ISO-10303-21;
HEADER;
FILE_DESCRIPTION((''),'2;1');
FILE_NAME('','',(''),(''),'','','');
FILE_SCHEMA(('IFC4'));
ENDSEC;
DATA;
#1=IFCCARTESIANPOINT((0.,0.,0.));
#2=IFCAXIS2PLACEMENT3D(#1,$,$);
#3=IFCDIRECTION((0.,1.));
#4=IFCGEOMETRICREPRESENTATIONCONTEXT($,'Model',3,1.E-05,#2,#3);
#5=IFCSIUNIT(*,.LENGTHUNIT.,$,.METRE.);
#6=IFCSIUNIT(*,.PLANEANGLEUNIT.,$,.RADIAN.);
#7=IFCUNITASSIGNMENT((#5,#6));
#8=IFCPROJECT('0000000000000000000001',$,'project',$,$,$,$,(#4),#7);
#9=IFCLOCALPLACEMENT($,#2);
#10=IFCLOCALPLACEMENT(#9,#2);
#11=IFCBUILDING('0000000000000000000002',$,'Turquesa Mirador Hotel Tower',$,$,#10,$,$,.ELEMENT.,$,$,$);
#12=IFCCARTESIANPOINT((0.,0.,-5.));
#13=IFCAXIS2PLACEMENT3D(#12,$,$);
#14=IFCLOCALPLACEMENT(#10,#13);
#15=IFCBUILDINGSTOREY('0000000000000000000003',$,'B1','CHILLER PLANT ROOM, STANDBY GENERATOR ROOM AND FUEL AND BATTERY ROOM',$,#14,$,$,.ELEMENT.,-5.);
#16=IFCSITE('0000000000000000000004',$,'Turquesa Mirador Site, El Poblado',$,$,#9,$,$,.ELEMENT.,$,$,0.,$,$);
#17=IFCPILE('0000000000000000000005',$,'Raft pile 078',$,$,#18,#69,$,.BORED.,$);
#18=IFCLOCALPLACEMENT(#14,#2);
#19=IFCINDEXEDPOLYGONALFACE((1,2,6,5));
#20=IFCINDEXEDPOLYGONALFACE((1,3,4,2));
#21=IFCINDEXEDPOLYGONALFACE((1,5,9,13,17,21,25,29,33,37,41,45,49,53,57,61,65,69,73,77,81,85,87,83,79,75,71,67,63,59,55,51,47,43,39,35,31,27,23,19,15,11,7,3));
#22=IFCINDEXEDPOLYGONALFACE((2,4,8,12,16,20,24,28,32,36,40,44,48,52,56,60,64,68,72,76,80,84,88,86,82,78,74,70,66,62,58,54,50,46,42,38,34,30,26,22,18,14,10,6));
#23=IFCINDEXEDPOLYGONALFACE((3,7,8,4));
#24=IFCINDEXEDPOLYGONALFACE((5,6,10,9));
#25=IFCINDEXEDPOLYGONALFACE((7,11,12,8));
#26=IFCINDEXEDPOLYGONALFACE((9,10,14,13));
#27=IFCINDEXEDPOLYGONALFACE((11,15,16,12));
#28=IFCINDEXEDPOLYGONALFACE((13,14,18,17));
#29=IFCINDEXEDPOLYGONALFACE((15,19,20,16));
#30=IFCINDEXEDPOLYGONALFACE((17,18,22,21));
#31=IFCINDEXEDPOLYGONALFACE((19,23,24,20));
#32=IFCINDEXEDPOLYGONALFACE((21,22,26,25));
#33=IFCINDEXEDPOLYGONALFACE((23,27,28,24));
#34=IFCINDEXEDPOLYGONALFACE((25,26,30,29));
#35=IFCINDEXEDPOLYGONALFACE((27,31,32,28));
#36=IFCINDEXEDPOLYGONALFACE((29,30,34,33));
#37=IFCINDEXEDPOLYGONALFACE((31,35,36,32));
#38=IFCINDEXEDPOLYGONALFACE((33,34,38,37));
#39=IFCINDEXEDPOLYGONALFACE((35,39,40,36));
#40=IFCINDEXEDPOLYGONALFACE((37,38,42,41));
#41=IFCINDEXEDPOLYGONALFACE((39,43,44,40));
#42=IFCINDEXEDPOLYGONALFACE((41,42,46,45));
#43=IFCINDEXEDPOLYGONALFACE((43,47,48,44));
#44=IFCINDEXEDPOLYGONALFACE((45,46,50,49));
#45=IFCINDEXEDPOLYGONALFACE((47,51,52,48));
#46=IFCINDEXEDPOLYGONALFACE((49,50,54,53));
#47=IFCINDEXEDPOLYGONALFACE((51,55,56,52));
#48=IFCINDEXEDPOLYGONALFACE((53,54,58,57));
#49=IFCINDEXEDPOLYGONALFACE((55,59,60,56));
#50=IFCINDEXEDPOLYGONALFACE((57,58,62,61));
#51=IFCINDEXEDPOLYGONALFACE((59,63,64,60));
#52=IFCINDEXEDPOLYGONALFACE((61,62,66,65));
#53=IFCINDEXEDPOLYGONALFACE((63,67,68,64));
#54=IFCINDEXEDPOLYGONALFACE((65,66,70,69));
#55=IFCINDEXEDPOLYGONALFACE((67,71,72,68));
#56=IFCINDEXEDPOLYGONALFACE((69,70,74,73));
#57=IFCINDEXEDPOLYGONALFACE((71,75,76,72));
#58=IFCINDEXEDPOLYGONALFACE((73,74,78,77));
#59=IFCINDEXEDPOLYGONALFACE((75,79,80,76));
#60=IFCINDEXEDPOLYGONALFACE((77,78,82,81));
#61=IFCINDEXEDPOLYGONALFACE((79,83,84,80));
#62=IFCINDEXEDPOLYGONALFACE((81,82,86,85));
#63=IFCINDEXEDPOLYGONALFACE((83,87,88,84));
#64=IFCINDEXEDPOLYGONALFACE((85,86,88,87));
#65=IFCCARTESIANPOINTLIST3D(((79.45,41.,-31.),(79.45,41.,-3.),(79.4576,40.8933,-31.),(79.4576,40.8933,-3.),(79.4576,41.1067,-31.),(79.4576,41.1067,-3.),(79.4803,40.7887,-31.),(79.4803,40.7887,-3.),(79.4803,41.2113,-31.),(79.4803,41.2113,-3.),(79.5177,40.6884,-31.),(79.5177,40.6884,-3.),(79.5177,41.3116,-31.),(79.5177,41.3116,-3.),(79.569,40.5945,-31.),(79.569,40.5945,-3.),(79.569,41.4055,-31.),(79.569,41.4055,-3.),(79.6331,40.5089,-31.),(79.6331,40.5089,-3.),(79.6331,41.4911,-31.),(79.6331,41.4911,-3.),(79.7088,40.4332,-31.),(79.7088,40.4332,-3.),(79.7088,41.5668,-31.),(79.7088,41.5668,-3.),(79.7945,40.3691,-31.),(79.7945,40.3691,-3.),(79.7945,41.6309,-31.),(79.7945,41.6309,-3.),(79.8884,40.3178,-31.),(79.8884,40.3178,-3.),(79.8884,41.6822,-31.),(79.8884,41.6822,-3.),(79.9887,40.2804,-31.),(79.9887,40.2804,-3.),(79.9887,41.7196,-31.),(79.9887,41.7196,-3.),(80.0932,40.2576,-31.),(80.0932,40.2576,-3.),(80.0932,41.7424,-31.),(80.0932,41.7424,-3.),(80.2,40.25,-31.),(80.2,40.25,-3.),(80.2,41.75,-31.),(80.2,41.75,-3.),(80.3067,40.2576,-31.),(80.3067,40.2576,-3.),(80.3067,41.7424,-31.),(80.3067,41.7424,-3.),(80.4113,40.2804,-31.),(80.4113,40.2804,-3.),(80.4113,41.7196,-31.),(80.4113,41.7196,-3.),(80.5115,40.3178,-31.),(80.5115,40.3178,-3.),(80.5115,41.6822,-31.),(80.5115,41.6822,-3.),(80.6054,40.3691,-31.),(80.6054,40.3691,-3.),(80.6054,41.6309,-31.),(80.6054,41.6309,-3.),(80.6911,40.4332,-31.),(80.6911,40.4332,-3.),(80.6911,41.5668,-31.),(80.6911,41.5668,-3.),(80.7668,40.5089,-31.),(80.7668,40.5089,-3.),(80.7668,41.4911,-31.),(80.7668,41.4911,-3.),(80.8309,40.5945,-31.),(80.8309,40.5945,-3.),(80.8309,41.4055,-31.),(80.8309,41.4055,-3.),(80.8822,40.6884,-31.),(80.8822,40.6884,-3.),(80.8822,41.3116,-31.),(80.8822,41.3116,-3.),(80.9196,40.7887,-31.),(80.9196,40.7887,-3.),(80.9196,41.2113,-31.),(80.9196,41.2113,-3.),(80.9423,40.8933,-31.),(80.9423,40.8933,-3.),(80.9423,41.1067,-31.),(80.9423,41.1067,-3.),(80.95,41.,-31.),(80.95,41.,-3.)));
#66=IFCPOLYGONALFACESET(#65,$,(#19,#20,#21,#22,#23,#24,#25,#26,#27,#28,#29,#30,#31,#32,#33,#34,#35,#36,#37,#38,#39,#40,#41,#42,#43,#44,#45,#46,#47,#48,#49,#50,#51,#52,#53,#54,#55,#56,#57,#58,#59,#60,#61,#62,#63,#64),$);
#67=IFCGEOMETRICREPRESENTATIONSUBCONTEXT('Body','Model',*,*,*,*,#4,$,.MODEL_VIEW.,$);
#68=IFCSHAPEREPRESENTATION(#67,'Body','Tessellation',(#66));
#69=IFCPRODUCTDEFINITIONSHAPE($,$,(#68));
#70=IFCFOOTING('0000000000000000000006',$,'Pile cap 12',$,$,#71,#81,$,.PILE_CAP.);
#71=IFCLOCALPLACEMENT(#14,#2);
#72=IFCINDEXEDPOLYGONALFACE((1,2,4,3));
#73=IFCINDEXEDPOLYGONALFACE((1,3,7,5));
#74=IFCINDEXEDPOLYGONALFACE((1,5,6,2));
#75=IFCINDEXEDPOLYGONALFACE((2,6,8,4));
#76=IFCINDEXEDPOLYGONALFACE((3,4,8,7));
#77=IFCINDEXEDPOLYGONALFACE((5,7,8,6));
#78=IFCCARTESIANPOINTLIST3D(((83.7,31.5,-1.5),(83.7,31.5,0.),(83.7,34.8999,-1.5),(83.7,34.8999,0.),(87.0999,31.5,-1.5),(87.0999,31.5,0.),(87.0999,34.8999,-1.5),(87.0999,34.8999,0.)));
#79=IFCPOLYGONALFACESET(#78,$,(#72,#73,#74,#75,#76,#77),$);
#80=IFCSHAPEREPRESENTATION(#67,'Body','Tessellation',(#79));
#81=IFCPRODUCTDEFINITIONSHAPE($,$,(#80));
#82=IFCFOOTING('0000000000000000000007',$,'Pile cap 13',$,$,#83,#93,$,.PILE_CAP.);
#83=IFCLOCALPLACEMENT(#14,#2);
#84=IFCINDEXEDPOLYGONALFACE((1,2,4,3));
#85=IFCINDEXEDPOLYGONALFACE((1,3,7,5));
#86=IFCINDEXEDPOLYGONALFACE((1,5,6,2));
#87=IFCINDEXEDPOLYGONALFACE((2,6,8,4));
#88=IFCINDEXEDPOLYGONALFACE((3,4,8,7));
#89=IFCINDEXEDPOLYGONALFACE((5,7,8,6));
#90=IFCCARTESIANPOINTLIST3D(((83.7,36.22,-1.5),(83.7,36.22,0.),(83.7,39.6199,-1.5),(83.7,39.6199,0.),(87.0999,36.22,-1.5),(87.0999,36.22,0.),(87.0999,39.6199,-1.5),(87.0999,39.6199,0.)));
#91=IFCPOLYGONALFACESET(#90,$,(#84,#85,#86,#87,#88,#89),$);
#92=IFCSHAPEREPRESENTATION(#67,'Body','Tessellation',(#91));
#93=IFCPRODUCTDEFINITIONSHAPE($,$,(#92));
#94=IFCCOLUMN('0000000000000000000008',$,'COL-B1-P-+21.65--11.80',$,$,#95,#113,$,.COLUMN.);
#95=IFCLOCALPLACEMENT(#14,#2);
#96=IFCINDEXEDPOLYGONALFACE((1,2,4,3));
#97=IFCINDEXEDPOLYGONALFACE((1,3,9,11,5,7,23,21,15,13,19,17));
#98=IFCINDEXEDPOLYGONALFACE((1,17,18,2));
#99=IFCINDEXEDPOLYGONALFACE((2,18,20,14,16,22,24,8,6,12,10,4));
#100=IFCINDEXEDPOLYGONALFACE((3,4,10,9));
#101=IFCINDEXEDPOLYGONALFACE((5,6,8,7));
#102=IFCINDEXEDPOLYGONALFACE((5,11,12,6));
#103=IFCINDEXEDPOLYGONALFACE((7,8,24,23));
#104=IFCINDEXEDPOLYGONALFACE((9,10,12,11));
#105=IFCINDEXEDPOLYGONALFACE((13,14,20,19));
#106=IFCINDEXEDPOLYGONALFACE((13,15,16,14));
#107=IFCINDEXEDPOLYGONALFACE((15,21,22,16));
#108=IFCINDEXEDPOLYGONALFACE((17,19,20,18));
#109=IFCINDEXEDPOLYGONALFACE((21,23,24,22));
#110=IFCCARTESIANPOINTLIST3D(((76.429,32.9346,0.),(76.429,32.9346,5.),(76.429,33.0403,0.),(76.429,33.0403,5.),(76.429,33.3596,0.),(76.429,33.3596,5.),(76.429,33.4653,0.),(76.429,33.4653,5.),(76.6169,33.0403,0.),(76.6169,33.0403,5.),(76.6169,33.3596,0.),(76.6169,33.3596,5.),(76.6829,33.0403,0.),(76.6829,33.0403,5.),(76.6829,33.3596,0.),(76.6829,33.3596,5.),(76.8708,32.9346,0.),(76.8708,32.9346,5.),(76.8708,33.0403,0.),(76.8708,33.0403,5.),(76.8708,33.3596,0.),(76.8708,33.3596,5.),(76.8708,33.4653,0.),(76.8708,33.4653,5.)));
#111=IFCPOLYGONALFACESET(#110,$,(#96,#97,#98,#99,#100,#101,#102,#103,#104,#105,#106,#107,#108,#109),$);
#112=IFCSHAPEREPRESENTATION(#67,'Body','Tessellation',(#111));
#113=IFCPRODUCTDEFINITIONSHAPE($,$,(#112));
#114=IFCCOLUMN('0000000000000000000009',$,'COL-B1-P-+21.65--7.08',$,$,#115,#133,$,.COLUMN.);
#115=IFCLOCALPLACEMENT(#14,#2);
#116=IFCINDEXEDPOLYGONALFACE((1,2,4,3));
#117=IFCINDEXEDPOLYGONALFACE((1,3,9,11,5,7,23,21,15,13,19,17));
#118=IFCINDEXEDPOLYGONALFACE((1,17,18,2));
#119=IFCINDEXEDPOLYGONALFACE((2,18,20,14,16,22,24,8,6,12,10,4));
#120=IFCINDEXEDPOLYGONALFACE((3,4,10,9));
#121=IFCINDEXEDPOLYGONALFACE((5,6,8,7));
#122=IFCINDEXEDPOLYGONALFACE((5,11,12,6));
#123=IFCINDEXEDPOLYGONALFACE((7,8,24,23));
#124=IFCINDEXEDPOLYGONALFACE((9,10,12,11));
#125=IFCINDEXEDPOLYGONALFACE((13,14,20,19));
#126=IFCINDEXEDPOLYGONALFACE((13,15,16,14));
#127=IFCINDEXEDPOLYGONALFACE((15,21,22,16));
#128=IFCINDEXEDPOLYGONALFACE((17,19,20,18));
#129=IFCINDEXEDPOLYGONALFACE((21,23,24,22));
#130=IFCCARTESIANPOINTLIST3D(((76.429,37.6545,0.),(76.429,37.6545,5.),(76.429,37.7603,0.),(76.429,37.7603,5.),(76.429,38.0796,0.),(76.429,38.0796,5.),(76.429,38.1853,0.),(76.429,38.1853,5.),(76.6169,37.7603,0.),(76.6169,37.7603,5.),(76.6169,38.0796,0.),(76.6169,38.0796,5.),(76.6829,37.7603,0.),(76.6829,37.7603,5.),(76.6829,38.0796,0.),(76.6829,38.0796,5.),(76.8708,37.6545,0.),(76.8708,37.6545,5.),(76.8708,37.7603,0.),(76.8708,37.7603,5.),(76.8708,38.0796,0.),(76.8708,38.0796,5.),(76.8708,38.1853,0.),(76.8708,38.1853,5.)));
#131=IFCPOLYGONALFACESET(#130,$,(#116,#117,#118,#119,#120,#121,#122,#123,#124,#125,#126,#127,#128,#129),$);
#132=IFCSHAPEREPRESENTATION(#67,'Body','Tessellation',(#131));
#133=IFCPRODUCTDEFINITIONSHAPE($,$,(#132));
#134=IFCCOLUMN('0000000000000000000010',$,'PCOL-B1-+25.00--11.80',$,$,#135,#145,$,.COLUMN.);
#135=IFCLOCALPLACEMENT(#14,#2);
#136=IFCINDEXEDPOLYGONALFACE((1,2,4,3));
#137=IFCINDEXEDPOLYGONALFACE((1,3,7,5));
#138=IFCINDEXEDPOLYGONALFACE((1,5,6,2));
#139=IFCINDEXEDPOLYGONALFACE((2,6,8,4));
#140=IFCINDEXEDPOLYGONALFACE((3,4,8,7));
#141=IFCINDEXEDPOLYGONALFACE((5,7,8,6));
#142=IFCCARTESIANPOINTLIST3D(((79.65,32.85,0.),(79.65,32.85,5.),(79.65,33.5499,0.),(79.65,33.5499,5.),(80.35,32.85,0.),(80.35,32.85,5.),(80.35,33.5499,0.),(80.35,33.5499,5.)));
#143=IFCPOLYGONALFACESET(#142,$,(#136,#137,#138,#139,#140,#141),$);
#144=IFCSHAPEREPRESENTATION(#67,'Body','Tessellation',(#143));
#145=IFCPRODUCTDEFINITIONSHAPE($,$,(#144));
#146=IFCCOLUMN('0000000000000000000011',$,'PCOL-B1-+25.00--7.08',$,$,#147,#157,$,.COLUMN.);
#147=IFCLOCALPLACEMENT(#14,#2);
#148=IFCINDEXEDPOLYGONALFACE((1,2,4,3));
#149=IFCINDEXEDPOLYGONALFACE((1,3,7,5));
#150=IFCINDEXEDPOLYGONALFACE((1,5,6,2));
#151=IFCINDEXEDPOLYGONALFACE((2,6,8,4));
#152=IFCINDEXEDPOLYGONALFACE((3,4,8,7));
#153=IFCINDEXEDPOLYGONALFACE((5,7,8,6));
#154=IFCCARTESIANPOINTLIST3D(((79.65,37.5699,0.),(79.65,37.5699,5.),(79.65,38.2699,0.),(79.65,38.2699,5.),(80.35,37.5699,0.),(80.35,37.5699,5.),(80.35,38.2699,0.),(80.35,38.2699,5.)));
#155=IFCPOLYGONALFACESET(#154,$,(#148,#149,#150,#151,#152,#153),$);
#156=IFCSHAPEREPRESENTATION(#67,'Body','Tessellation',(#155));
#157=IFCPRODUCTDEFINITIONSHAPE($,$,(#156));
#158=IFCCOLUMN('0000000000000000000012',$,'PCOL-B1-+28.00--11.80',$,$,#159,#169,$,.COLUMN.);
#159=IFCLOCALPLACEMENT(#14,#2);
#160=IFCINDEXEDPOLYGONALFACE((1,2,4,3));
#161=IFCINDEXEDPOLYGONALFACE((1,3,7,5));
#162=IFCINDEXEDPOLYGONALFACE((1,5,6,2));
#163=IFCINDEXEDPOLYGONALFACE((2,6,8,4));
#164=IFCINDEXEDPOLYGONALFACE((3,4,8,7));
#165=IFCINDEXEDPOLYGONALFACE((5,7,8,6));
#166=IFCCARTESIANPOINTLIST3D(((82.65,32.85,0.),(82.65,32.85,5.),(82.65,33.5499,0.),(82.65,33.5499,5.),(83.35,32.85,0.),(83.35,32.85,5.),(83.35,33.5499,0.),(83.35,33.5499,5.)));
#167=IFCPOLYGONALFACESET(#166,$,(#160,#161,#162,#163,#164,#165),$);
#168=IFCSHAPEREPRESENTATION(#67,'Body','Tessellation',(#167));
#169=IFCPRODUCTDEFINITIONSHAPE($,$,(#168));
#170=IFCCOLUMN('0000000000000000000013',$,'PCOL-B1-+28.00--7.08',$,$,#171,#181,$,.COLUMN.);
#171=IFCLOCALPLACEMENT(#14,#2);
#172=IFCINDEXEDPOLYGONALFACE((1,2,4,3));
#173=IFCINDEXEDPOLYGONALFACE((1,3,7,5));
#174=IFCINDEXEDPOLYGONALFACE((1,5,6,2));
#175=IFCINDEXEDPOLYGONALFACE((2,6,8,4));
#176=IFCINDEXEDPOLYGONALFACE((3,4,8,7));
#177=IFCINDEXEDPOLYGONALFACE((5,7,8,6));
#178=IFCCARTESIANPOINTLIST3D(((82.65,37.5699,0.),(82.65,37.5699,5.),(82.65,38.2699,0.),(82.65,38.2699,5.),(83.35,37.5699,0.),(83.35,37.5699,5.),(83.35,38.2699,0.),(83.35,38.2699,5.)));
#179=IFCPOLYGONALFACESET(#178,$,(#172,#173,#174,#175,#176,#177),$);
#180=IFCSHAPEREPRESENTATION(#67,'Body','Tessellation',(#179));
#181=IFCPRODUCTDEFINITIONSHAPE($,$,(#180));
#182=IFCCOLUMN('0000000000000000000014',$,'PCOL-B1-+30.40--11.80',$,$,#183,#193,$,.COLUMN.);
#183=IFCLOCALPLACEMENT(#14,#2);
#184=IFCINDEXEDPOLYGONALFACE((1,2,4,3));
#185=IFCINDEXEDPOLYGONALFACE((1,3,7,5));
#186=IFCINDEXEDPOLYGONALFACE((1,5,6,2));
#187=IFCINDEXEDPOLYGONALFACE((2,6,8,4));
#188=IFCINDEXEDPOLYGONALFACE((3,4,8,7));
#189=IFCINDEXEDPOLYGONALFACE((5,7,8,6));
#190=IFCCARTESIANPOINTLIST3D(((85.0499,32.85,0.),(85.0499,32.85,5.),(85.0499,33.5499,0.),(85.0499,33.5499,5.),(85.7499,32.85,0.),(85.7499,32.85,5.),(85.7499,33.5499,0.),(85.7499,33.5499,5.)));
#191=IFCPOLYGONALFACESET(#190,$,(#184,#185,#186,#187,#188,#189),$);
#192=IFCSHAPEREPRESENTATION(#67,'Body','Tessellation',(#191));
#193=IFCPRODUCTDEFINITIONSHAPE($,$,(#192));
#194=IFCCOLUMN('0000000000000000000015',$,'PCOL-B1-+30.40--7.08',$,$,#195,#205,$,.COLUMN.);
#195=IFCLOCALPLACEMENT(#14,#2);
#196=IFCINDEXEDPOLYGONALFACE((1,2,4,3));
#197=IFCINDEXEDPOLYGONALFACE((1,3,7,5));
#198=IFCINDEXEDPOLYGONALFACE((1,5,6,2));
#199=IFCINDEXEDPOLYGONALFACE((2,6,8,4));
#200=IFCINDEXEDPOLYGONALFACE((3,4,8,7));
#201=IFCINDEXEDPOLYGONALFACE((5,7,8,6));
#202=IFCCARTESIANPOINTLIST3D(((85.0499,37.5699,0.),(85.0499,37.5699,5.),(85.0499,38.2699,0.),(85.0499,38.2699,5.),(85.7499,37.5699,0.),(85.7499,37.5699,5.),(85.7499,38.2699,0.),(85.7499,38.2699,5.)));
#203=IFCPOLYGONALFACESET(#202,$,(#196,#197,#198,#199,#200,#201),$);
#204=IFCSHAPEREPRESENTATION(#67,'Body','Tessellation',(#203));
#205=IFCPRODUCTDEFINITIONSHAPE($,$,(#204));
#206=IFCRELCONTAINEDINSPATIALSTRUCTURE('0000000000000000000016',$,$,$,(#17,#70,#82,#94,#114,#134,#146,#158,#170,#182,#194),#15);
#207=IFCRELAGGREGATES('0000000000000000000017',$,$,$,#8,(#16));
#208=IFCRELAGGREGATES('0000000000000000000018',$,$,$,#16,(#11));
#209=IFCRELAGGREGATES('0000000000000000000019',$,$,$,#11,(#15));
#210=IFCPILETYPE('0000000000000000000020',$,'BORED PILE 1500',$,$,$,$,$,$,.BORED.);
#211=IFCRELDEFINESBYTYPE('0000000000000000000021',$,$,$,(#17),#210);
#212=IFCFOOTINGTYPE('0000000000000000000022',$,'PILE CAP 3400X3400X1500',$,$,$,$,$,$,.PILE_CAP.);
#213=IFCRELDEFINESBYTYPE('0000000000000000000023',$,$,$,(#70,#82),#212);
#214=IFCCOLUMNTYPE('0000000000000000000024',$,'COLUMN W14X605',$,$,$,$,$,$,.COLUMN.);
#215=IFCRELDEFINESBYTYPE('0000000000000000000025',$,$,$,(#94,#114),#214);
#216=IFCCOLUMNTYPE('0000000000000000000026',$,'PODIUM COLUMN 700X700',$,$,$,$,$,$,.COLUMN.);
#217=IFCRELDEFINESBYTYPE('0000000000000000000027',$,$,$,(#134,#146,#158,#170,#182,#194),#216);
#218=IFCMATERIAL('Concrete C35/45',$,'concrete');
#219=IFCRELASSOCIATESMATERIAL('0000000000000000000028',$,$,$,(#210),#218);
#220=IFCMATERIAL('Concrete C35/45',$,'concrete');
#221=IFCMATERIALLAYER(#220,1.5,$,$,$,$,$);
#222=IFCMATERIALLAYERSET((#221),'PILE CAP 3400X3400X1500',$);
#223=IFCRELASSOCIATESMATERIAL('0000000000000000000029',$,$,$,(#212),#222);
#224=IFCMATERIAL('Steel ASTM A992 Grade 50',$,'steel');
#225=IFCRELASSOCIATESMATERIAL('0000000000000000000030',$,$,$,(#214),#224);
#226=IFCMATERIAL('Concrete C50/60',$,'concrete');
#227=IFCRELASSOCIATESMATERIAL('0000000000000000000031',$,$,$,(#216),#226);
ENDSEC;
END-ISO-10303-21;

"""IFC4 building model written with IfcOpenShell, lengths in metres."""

from ifc_helpers import new_model, si_unit, direction, frame, origin, origin_2d, place, context, subcontext, project, spatial, rectangle, circle, i_section, extrude, material, layer, layer_set, material_profile, profile_set, type_object, element, save


model = new_model("IFC4")

# Units and contexts
model_context = context("Model", 3, precision=1e-05, world=origin(), true_north=direction((0.0, 1.0)))
body_context = subcontext(model_context, "Body", "Model", "MODEL_VIEW")
ifc_project = project(units=[si_unit("LENGTHUNIT", "METRE"), si_unit("PLANEANGLEUNIT", "RADIAN")], contexts=[model_context])

# Site, building, storey
site_placement = place(None, origin())
site = spatial("IfcSite", under=ifc_project, at=site_placement, Name="Turquesa Mirador Site, El Poblado", CompositionType="ELEMENT", RefElevation=0.0)
building_placement = place(site_placement, origin())
building = spatial("IfcBuilding", under=site, at=building_placement, Name="Turquesa Mirador Hotel Tower", CompositionType="ELEMENT")
storey_placement = place(building_placement, frame((0.0, 0.0, -5.0)))
storey = spatial("IfcBuildingStorey", under=building, at=storey_placement, Name="B1", Description="CHILLER PLANT ROOM, STANDBY GENERATOR ROOM AND FUEL AND BATTERY ROOM", CompositionType="ELEMENT", Elevation=-5.0)

# Pile
ifc_material_1 = material(Name="Concrete C35/45", Category="concrete")
pile_type_1 = type_object("IfcPileType", Name="BORED PILE 1500", PredefinedType="BORED", material=ifc_material_1)
for number, where, z_axis, x_axis, name in (
    (1, (80.2, 41.0, -3.0), (0.0, 0.0, -1.0), (1.0, 0.0, 0.0), "Raft pile 078"),
):
    element("IfcPile", number, at=place(storey_placement, frame(where, z_axis=z_axis, x_axis=x_axis)), inside=storey, type_object=pile_type_1, Name=name, PredefinedType="BORED", context=body_context, shape_type="SweptSolid", body=[
        extrude(circle(Radius=0.75, at=origin_2d()), origin(), (0.0, 0.0, 1.0), 28.0),
    ])

# Footings
ifc_material_2 = material(Name="Concrete C35/45", Category="concrete")
ifc_layer = layer(ifc_material_2, 1.5)
ifc_layer_set = layer_set([ifc_layer], Name="PILE CAP 3400X3400X1500")
footing_type = type_object("IfcFootingType", Name="PILE CAP 3400X3400X1500", PredefinedType="PILE_CAP", material=ifc_layer_set)
for number, where, z_axis, x_axis, name in (
    (2, (85.3999, 33.2, -1.5), (0.0, 0.0, 1.0), (1.0, 0.0, 0.0), "Pile cap 12"),
    (3, (85.3999, 37.9199, -1.5), (0.0, 0.0, 1.0), (1.0, 0.0, 0.0), "Pile cap 13"),
):
    element("IfcFooting", number, at=place(storey_placement, frame(where, z_axis=z_axis, x_axis=x_axis)), inside=storey, type_object=footing_type, Name=name, PredefinedType="PILE_CAP", context=body_context, shape_type="SweptSolid", body=[
        extrude(rectangle(XDim=3.3999, YDim=3.3999, at=origin_2d()), origin(), (0.0, 0.0, 1.0), 1.5),
    ])

# Columns
ifc_material_3 = material(Name="Steel ASTM A992 Grade 50", Category="steel")
ifc_material_profile_1 = material_profile(ifc_material_3, i_section(OverallWidth=0.4419, OverallDepth=0.5308, WebThickness=0.0659, FlangeThickness=0.1057, at=origin_2d()), Name="W14X605")
ifc_profile_set_1 = profile_set([ifc_material_profile_1], Name="Steel ASTM A992 Grade 50")
column_type_1 = type_object("IfcColumnType", Name="COLUMN W14X605", PredefinedType="COLUMN", material=ifc_profile_set_1)
for number, where, z_axis, x_axis, name in (
    (4, (76.6499, 33.2, 0.0), (0.0, 0.0, 1.0), (1.0, 0.0, 0.0), "COL-B1-P-+21.65--11.80"),
    (5, (76.6499, 37.9199, 0.0), (0.0, 0.0, 1.0), (1.0, 0.0, 0.0), "COL-B1-P-+21.65--7.08"),
):
    element("IfcColumn", number, at=place(storey_placement, frame(where, z_axis=z_axis, x_axis=x_axis)), inside=storey, type_object=column_type_1, Name=name, PredefinedType="COLUMN", context=body_context, shape_type="SweptSolid", body=[
        extrude(i_section(OverallWidth=0.4419, OverallDepth=0.5308, WebThickness=0.0659, FlangeThickness=0.1057, at=origin_2d()), origin(), (0.0, 0.0, 1.0), 5.0),
    ])
ifc_material_4 = material(Name="Concrete C50/60", Category="concrete")
ifc_material_profile_2 = material_profile(ifc_material_4, rectangle(XDim=0.7, YDim=0.7, at=origin_2d()), Name="RC 700X700")
ifc_profile_set_2 = profile_set([ifc_material_profile_2], Name="Concrete C50/60")
column_type_2 = type_object("IfcColumnType", Name="PODIUM COLUMN 700X700", PredefinedType="COLUMN", material=ifc_profile_set_2)
for number, where, z_axis, x_axis, name in (
    (6, (80.0, 33.2, 0.0), (0.0, 0.0, 1.0), (1.0, 0.0, 0.0), "PCOL-B1-+25.00--11.80"),
    (7, (80.0, 37.9199, 0.0), (0.0, 0.0, 1.0), (1.0, 0.0, 0.0), "PCOL-B1-+25.00--7.08"),
    (8, (83.0, 33.2, 0.0), (0.0, 0.0, 1.0), (1.0, 0.0, 0.0), "PCOL-B1-+28.00--11.80"),
    (9, (83.0, 37.9199, 0.0), (0.0, 0.0, 1.0), (1.0, 0.0, 0.0), "PCOL-B1-+28.00--7.08"),
    (10, (85.3999, 33.2, 0.0), (0.0, 0.0, 1.0), (1.0, 0.0, 0.0), "PCOL-B1-+30.40--11.80"),
    (11, (85.3999, 37.9199, 0.0), (0.0, 0.0, 1.0), (1.0, 0.0, 0.0), "PCOL-B1-+30.40--7.08"),
):
    element("IfcColumn", number, at=place(storey_placement, frame(where, z_axis=z_axis, x_axis=x_axis)), inside=storey, type_object=column_type_2, Name=name, PredefinedType="COLUMN", context=body_context, shape_type="SweptSolid", body=[
        extrude(rectangle(XDim=0.7, YDim=0.7, at=origin_2d()), origin(), (0.0, 0.0, 1.0), 5.0),
    ])

save(model, "model.ifc")
